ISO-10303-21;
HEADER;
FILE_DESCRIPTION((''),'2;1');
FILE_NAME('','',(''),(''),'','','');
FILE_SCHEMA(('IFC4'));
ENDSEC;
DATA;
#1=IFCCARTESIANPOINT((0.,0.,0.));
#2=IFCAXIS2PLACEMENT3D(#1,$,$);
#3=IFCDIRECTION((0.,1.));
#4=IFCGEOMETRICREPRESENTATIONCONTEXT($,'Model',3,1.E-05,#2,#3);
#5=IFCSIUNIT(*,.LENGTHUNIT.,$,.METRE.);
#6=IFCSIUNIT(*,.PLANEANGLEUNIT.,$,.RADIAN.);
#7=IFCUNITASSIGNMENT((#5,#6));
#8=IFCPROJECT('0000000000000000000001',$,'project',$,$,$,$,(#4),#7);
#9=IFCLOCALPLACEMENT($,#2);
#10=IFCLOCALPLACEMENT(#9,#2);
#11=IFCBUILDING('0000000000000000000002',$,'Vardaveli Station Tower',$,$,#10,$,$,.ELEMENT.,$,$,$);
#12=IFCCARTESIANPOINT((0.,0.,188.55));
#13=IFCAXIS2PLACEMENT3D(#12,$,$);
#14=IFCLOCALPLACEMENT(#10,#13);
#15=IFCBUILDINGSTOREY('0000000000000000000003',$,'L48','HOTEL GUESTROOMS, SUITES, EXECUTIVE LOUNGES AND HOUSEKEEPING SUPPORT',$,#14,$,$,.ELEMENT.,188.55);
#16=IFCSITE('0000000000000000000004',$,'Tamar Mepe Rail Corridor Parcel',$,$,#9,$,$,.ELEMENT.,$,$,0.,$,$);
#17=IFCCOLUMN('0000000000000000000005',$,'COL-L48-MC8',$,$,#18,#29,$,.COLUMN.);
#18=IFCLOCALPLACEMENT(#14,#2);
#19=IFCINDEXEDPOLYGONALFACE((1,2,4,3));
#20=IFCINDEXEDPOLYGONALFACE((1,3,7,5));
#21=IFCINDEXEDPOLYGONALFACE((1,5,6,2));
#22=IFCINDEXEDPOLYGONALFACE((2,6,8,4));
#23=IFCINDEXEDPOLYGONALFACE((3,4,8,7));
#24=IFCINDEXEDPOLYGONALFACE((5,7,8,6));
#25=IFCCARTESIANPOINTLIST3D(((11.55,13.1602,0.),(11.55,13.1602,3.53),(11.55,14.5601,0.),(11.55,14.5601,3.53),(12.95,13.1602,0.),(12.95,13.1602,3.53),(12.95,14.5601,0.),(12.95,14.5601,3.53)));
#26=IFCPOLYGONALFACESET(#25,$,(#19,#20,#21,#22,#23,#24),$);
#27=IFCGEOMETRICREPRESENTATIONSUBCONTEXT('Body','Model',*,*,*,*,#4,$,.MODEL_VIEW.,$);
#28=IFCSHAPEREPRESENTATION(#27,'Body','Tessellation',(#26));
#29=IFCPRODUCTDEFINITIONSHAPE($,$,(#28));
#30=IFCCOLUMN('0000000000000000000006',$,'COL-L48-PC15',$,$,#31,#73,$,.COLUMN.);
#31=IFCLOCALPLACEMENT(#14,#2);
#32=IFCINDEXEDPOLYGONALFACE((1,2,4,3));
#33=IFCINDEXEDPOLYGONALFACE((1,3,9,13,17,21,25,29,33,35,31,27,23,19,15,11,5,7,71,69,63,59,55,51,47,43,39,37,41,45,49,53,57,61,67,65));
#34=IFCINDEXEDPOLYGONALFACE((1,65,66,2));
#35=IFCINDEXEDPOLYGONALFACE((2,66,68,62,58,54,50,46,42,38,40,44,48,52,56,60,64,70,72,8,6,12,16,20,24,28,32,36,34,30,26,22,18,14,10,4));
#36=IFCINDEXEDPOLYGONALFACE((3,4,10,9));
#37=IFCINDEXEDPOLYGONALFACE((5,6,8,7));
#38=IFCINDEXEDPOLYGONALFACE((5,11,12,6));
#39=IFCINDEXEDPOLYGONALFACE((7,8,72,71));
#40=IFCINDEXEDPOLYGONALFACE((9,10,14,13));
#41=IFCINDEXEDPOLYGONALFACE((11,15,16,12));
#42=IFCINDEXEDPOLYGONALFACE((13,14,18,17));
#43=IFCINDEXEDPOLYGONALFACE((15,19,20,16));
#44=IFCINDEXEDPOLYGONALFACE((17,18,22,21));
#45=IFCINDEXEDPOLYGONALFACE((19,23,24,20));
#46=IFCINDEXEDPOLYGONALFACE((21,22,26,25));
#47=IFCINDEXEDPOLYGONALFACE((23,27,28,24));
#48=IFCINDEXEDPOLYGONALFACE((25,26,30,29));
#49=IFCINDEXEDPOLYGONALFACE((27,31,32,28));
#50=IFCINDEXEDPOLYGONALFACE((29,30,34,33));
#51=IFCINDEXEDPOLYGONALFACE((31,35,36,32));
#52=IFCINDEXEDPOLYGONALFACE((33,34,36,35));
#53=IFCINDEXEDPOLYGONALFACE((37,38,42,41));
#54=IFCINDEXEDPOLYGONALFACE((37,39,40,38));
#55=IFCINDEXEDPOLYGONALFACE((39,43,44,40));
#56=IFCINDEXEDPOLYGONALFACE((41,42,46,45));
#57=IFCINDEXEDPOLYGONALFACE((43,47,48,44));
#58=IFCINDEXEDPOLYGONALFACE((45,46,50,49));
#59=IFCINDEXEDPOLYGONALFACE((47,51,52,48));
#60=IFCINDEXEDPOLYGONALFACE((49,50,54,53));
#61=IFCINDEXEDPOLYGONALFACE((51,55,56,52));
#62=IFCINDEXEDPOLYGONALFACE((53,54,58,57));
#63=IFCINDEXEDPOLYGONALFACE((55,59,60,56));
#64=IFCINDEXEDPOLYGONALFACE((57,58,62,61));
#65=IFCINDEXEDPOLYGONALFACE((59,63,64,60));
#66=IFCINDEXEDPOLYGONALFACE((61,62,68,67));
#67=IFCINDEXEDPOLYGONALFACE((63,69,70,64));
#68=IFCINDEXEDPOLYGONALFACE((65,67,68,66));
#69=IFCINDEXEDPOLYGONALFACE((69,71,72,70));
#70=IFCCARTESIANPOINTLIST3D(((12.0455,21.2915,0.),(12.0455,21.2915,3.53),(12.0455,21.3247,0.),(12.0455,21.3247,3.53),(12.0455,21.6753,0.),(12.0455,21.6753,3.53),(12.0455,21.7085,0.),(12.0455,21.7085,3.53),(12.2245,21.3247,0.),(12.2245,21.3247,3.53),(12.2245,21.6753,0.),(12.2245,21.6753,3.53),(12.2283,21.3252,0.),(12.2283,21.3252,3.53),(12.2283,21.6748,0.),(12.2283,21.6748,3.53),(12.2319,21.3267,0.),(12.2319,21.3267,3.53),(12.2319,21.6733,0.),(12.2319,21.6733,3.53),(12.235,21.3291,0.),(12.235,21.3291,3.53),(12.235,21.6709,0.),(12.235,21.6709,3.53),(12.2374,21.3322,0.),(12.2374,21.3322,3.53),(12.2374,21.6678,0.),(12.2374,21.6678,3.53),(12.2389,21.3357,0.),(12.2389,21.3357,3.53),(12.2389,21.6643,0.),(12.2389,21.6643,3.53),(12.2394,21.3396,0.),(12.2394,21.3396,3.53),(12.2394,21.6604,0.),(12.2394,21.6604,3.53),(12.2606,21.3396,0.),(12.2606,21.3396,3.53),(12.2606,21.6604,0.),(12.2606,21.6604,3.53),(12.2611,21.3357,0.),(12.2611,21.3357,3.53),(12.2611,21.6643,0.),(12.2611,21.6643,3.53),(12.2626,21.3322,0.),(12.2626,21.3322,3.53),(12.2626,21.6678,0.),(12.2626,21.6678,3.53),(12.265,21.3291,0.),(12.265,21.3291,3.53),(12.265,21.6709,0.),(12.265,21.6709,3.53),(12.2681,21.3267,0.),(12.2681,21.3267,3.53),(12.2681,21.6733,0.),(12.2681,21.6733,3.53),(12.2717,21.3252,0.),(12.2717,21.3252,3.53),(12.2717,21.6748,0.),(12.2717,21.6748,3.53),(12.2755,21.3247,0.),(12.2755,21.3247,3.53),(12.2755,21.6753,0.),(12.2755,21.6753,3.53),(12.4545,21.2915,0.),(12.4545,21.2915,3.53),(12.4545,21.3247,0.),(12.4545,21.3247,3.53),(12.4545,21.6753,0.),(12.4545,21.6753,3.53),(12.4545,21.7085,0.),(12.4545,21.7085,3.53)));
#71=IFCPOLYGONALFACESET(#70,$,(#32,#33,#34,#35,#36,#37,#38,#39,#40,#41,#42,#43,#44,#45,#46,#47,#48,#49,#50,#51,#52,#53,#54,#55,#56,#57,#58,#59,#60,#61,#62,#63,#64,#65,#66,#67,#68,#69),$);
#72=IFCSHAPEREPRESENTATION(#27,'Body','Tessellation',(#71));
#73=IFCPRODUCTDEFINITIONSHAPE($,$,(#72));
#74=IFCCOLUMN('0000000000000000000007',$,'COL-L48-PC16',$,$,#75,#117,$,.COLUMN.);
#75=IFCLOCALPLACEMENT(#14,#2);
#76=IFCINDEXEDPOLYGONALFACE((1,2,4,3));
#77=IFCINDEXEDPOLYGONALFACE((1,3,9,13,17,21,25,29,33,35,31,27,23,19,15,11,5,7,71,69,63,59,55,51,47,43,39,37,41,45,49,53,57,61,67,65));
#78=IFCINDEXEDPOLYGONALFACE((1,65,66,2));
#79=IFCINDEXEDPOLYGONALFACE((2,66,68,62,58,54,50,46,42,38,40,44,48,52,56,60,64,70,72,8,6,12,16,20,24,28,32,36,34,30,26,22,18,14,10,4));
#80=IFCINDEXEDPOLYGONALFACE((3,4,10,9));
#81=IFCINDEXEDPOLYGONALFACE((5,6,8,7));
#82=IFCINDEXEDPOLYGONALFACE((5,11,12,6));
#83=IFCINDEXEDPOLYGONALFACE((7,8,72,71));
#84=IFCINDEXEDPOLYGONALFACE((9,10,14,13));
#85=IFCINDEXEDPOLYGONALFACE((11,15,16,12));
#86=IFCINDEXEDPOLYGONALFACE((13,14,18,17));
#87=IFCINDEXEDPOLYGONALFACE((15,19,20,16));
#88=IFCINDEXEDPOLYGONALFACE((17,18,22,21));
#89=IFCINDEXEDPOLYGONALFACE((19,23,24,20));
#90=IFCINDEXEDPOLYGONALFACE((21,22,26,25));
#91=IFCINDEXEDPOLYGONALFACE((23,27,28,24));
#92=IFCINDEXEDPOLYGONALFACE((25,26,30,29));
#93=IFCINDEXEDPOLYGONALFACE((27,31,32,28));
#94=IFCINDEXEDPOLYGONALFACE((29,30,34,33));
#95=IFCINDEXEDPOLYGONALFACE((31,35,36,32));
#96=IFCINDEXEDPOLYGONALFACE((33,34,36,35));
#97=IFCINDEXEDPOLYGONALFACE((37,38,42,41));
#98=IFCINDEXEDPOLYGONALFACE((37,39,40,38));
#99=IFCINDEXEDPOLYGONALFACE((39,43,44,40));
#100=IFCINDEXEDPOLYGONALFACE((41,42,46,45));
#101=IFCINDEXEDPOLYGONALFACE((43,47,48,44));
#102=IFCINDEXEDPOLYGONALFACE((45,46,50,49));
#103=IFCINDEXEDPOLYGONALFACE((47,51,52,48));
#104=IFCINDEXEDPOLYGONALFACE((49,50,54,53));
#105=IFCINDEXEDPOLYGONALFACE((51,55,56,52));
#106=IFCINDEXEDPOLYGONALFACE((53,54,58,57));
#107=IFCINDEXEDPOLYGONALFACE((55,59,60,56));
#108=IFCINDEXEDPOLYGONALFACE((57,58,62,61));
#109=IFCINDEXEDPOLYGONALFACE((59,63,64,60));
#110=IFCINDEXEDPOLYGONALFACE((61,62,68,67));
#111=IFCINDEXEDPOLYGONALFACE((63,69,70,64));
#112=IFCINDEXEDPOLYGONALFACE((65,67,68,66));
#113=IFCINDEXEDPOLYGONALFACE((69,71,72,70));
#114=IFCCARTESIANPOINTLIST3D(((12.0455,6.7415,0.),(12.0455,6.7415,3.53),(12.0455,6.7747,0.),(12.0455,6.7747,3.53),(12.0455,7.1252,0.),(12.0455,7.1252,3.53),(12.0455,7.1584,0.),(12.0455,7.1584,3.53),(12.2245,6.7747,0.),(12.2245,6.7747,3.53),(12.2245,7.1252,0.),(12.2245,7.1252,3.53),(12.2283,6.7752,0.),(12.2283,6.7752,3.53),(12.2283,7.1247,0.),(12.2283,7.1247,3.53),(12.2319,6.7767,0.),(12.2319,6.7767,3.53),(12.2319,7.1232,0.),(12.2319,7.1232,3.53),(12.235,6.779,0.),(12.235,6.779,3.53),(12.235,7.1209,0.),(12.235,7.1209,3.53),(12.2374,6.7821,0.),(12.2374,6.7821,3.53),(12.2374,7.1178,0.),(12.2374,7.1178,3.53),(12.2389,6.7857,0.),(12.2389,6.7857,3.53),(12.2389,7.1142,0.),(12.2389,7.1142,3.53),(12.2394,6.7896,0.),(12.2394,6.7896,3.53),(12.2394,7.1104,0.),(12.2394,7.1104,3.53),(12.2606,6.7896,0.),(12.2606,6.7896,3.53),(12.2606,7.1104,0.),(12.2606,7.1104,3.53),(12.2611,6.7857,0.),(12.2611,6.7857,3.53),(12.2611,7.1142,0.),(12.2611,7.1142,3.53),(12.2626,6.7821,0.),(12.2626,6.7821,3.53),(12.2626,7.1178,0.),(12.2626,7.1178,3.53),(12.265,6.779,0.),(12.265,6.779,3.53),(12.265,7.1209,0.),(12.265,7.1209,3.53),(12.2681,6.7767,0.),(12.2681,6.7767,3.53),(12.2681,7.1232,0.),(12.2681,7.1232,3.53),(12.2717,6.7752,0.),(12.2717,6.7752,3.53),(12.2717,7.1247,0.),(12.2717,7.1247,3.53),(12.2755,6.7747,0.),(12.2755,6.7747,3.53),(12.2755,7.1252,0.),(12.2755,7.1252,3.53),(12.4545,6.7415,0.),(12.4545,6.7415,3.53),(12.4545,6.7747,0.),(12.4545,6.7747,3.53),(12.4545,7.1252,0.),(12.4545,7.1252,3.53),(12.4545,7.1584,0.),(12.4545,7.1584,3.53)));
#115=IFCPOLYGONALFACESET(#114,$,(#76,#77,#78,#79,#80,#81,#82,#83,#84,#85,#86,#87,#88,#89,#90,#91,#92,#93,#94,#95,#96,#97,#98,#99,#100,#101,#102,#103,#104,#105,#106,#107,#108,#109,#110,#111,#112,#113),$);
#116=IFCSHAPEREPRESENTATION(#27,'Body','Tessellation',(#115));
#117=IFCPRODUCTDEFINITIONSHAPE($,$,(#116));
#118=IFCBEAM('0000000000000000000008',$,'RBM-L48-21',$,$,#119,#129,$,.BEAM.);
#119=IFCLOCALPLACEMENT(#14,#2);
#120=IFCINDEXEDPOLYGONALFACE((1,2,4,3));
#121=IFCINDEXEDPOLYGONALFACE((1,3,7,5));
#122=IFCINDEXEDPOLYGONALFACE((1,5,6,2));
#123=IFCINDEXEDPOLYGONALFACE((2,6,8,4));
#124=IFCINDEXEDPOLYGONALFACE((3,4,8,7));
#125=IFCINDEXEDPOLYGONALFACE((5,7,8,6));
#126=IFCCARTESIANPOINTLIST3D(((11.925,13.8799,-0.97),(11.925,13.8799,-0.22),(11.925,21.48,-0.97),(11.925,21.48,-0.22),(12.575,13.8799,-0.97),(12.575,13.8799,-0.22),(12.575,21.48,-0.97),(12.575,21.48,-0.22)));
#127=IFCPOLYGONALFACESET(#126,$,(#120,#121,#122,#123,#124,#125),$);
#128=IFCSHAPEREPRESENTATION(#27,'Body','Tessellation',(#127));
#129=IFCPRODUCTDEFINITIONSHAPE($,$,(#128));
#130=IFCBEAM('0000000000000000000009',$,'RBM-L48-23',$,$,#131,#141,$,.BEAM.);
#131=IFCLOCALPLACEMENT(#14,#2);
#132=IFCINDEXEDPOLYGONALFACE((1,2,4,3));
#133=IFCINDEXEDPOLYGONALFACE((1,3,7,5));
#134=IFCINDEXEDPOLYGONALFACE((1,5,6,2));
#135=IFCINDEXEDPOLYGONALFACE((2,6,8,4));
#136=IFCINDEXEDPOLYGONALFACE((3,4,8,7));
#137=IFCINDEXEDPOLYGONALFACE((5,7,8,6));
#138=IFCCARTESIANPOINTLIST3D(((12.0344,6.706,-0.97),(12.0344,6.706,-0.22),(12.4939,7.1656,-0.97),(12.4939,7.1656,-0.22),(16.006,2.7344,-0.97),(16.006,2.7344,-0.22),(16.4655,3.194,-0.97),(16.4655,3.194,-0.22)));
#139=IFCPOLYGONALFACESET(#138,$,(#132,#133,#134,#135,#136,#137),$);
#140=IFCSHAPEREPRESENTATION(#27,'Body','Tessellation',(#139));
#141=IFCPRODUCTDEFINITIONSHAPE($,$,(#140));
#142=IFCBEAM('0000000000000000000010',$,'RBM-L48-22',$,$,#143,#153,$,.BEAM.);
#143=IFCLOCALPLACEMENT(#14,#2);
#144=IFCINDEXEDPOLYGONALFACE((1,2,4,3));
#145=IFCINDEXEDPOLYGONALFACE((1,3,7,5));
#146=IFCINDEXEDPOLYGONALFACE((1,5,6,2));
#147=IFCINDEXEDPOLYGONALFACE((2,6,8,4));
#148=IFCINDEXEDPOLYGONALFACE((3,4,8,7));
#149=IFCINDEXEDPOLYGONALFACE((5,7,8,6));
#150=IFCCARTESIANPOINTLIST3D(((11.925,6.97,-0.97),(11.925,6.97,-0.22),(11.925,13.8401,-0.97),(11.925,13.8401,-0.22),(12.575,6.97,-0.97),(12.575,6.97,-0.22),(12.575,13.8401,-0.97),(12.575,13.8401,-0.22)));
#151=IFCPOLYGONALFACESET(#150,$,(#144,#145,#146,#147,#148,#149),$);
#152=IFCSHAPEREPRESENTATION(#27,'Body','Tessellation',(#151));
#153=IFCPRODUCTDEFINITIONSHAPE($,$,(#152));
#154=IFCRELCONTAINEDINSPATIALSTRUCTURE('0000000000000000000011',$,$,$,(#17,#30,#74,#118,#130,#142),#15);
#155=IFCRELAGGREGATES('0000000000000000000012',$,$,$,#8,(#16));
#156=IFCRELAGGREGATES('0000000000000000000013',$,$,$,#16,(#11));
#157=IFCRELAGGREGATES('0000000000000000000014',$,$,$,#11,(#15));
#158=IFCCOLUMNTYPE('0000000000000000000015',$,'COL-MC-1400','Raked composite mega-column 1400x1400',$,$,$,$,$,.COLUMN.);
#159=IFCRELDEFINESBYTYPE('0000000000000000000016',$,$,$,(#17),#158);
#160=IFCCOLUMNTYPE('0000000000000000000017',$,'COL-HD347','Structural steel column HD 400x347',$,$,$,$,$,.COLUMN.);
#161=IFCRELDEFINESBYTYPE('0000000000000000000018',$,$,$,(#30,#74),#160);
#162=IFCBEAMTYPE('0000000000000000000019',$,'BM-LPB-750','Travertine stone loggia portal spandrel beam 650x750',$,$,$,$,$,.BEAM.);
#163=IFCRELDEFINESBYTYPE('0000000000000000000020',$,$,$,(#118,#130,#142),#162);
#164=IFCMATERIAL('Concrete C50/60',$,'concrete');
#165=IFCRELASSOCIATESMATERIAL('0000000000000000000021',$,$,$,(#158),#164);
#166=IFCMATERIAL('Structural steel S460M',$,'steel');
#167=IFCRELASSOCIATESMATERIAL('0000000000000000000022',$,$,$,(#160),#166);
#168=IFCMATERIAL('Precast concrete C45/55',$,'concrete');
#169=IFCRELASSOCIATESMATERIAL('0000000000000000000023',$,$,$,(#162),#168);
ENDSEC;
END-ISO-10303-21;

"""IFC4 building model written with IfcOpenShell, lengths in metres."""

from ifc_helpers import new_model, si_unit, direction, frame, origin, origin_2d, place, context, subcontext, project, spatial, rectangle, i_section, extrude, source, transform, mapped, material, material_profile, profile_set, type_object, element, save


model = new_model("IFC4")

# Units and contexts
model_context = context("Model", 3, precision=1e-05, world=origin(), true_north=direction((0.0, 1.0)))
body_context = subcontext(model_context, "Body", "Model", "MODEL_VIEW")
ifc_project = project(units=[si_unit("LENGTHUNIT", "METRE"), si_unit("PLANEANGLEUNIT", "RADIAN")], contexts=[model_context])

# Site, building, storey
site_placement = place(None, origin())
site = spatial("IfcSite", under=ifc_project, at=site_placement, Name="Tamar Mepe Rail Corridor Parcel", CompositionType="ELEMENT", RefElevation=0.0)
building_placement = place(site_placement, origin())
building = spatial("IfcBuilding", under=site, at=building_placement, Name="Vardaveli Station Tower", CompositionType="ELEMENT")
storey_placement = place(building_placement, frame((0.0, 0.0, 188.55)))
storey = spatial("IfcBuildingStorey", under=building, at=storey_placement, Name="L48", Description="HOTEL GUESTROOMS, SUITES, EXECUTIVE LOUNGES AND HOUSEKEEPING SUPPORT", CompositionType="ELEMENT", Elevation=188.55)

# Columns
ifc_material_1 = material(Name="Concrete C50/60", Category="concrete")
ifc_material_profile_1 = material_profile(ifc_material_1, rectangle(XDim=1.3999, YDim=1.3999, at=origin_2d()), Name="MC 1400x1400")
ifc_profile_set_1 = profile_set([ifc_material_profile_1], Name="Concrete C50/60")
column_type_1 = type_object("IfcColumnType", Name="COL-MC-1400", Description="Raked composite mega-column 1400x1400", PredefinedType="COLUMN", material=ifc_profile_set_1)
shared_shape_1 = source(origin(), body_context, "Body", "SweptSolid", [
    extrude(rectangle(XDim=1.3999, YDim=1.3999, at=origin_2d()), origin(), (0.0, 0.0, 1.0), 3.53),
])
column_placement = place(storey_placement, frame((12.25, 13.8601, 0.0), z_axis=(0.0, 0.0, 1.0), x_axis=(1.0, 0.0, 0.0)))
element("IfcColumn", 1, at=column_placement, inside=storey, type_object=column_type_1, Name="COL-L48-MC8", PredefinedType="COLUMN", context=body_context, shape_type="MappedRepresentation", body=[
    mapped(shared_shape_1, transform((0.0, 0.0, 0.0), scale=1.0)),
])
ifc_material_2 = material(Name="Structural steel S460M", Category="steel")
ifc_material_profile_2 = material_profile(ifc_material_2, i_section(OverallWidth=0.4089, OverallDepth=0.417, WebThickness=0.0212, FlangeThickness=0.0332, FilletRadius=0.0149, at=origin_2d()), Name="HD 400x347")
ifc_profile_set_2 = profile_set([ifc_material_profile_2], Name="Structural steel S460M")
column_type_2 = type_object("IfcColumnType", Name="COL-HD347", Description="Structural steel column HD 400x347", PredefinedType="COLUMN", material=ifc_profile_set_2)
shared_shape_2 = source(origin(), body_context, "Body", "SweptSolid", [
    extrude(i_section(OverallWidth=0.4089, OverallDepth=0.417, WebThickness=0.0212, FlangeThickness=0.0332, FilletRadius=0.0149, at=origin_2d()), origin(), (0.0, 0.0, 1.0), 3.53),
])
for number, where, z_axis, x_axis, name in (
    (2, (12.25, 21.5, 0.0), (0.0, 0.0, 1.0), (1.0, 0.0, 0.0), "COL-L48-PC15"),
    (3, (12.25, 6.95, 0.0), (0.0, 0.0, 1.0), (1.0, 0.0, 0.0), "COL-L48-PC16"),
):
    element("IfcColumn", number, at=place(storey_placement, frame(where, z_axis=z_axis, x_axis=x_axis)), inside=storey, type_object=column_type_2, Name=name, PredefinedType="COLUMN", context=body_context, shape_type="MappedRepresentation", body=[
        mapped(shared_shape_2, transform((0.0, 0.0, 0.0), scale=1.0)),
    ])

# Beams
ifc_material_3 = material(Name="Precast concrete C45/55", Category="concrete")
ifc_material_profile_3 = material_profile(ifc_material_3, rectangle(XDim=0.6499, YDim=0.75, at=origin_2d()), Name="LPB 650x750")
ifc_profile_set_3 = profile_set([ifc_material_profile_3], Name="Precast concrete C45/55")
beam_type_1 = type_object("IfcBeamType", Name="BM-LPB-750", Description="Travertine stone loggia portal spandrel beam 650x750", PredefinedType="BEAM", material=ifc_profile_set_3)
shared_shape_3 = source(origin(), body_context, "Body", "SweptSolid", [
    extrude(rectangle(XDim=0.6499, YDim=0.75, at=origin_2d()), origin(), (0.0, 0.0, 1.0), 7.6001),
])
beam_1_placement = place(storey_placement, frame((12.25, 21.48, -0.595), z_axis=(0.0, -1.0, 0.0), x_axis=(1.0, 0.0, 0.0)))
element("IfcBeam", 4, at=beam_1_placement, inside=storey, type_object=beam_type_1, Name="RBM-L48-21", PredefinedType="BEAM", context=body_context, shape_type="MappedRepresentation", body=[
    mapped(shared_shape_3, transform((0.0, 0.0, 0.0), scale=1.0)),
])
shared_shape_4 = source(origin(), body_context, "Body", "SweptSolid", [
    extrude(rectangle(XDim=0.6499, YDim=0.75, at=origin_2d()), origin(), (0.0, 0.0, 1.0), 5.6167),
])
beam_2_placement = place(storey_placement, frame((12.2642, 6.9358, -0.595), z_axis=(0.707107, -0.707107, 0.0), x_axis=(0.707107, 0.707107, 0.0)))
element("IfcBeam", 5, at=beam_2_placement, inside=storey, type_object=beam_type_1, Name="RBM-L48-23", PredefinedType="BEAM", context=body_context, shape_type="MappedRepresentation", body=[
    mapped(shared_shape_4, transform((0.0, 0.0, 0.0), scale=1.0)),
])
shared_shape_5 = source(origin(), body_context, "Body", "SweptSolid", [
    extrude(rectangle(XDim=0.6499, YDim=0.75, at=origin_2d()), origin(), (0.0, 0.0, 1.0), 6.8701),
])
beam_3_placement = place(storey_placement, frame((12.25, 13.8401, -0.595), z_axis=(0.0, -1.0, 0.0), x_axis=(1.0, 0.0, 0.0)))
element("IfcBeam", 6, at=beam_3_placement, inside=storey, type_object=beam_type_1, Name="RBM-L48-22", PredefinedType="BEAM", context=body_context, shape_type="MappedRepresentation", body=[
    mapped(shared_shape_5, transform((0.0, 0.0, 0.0), scale=1.0)),
])

save(model, "model.ifc")
